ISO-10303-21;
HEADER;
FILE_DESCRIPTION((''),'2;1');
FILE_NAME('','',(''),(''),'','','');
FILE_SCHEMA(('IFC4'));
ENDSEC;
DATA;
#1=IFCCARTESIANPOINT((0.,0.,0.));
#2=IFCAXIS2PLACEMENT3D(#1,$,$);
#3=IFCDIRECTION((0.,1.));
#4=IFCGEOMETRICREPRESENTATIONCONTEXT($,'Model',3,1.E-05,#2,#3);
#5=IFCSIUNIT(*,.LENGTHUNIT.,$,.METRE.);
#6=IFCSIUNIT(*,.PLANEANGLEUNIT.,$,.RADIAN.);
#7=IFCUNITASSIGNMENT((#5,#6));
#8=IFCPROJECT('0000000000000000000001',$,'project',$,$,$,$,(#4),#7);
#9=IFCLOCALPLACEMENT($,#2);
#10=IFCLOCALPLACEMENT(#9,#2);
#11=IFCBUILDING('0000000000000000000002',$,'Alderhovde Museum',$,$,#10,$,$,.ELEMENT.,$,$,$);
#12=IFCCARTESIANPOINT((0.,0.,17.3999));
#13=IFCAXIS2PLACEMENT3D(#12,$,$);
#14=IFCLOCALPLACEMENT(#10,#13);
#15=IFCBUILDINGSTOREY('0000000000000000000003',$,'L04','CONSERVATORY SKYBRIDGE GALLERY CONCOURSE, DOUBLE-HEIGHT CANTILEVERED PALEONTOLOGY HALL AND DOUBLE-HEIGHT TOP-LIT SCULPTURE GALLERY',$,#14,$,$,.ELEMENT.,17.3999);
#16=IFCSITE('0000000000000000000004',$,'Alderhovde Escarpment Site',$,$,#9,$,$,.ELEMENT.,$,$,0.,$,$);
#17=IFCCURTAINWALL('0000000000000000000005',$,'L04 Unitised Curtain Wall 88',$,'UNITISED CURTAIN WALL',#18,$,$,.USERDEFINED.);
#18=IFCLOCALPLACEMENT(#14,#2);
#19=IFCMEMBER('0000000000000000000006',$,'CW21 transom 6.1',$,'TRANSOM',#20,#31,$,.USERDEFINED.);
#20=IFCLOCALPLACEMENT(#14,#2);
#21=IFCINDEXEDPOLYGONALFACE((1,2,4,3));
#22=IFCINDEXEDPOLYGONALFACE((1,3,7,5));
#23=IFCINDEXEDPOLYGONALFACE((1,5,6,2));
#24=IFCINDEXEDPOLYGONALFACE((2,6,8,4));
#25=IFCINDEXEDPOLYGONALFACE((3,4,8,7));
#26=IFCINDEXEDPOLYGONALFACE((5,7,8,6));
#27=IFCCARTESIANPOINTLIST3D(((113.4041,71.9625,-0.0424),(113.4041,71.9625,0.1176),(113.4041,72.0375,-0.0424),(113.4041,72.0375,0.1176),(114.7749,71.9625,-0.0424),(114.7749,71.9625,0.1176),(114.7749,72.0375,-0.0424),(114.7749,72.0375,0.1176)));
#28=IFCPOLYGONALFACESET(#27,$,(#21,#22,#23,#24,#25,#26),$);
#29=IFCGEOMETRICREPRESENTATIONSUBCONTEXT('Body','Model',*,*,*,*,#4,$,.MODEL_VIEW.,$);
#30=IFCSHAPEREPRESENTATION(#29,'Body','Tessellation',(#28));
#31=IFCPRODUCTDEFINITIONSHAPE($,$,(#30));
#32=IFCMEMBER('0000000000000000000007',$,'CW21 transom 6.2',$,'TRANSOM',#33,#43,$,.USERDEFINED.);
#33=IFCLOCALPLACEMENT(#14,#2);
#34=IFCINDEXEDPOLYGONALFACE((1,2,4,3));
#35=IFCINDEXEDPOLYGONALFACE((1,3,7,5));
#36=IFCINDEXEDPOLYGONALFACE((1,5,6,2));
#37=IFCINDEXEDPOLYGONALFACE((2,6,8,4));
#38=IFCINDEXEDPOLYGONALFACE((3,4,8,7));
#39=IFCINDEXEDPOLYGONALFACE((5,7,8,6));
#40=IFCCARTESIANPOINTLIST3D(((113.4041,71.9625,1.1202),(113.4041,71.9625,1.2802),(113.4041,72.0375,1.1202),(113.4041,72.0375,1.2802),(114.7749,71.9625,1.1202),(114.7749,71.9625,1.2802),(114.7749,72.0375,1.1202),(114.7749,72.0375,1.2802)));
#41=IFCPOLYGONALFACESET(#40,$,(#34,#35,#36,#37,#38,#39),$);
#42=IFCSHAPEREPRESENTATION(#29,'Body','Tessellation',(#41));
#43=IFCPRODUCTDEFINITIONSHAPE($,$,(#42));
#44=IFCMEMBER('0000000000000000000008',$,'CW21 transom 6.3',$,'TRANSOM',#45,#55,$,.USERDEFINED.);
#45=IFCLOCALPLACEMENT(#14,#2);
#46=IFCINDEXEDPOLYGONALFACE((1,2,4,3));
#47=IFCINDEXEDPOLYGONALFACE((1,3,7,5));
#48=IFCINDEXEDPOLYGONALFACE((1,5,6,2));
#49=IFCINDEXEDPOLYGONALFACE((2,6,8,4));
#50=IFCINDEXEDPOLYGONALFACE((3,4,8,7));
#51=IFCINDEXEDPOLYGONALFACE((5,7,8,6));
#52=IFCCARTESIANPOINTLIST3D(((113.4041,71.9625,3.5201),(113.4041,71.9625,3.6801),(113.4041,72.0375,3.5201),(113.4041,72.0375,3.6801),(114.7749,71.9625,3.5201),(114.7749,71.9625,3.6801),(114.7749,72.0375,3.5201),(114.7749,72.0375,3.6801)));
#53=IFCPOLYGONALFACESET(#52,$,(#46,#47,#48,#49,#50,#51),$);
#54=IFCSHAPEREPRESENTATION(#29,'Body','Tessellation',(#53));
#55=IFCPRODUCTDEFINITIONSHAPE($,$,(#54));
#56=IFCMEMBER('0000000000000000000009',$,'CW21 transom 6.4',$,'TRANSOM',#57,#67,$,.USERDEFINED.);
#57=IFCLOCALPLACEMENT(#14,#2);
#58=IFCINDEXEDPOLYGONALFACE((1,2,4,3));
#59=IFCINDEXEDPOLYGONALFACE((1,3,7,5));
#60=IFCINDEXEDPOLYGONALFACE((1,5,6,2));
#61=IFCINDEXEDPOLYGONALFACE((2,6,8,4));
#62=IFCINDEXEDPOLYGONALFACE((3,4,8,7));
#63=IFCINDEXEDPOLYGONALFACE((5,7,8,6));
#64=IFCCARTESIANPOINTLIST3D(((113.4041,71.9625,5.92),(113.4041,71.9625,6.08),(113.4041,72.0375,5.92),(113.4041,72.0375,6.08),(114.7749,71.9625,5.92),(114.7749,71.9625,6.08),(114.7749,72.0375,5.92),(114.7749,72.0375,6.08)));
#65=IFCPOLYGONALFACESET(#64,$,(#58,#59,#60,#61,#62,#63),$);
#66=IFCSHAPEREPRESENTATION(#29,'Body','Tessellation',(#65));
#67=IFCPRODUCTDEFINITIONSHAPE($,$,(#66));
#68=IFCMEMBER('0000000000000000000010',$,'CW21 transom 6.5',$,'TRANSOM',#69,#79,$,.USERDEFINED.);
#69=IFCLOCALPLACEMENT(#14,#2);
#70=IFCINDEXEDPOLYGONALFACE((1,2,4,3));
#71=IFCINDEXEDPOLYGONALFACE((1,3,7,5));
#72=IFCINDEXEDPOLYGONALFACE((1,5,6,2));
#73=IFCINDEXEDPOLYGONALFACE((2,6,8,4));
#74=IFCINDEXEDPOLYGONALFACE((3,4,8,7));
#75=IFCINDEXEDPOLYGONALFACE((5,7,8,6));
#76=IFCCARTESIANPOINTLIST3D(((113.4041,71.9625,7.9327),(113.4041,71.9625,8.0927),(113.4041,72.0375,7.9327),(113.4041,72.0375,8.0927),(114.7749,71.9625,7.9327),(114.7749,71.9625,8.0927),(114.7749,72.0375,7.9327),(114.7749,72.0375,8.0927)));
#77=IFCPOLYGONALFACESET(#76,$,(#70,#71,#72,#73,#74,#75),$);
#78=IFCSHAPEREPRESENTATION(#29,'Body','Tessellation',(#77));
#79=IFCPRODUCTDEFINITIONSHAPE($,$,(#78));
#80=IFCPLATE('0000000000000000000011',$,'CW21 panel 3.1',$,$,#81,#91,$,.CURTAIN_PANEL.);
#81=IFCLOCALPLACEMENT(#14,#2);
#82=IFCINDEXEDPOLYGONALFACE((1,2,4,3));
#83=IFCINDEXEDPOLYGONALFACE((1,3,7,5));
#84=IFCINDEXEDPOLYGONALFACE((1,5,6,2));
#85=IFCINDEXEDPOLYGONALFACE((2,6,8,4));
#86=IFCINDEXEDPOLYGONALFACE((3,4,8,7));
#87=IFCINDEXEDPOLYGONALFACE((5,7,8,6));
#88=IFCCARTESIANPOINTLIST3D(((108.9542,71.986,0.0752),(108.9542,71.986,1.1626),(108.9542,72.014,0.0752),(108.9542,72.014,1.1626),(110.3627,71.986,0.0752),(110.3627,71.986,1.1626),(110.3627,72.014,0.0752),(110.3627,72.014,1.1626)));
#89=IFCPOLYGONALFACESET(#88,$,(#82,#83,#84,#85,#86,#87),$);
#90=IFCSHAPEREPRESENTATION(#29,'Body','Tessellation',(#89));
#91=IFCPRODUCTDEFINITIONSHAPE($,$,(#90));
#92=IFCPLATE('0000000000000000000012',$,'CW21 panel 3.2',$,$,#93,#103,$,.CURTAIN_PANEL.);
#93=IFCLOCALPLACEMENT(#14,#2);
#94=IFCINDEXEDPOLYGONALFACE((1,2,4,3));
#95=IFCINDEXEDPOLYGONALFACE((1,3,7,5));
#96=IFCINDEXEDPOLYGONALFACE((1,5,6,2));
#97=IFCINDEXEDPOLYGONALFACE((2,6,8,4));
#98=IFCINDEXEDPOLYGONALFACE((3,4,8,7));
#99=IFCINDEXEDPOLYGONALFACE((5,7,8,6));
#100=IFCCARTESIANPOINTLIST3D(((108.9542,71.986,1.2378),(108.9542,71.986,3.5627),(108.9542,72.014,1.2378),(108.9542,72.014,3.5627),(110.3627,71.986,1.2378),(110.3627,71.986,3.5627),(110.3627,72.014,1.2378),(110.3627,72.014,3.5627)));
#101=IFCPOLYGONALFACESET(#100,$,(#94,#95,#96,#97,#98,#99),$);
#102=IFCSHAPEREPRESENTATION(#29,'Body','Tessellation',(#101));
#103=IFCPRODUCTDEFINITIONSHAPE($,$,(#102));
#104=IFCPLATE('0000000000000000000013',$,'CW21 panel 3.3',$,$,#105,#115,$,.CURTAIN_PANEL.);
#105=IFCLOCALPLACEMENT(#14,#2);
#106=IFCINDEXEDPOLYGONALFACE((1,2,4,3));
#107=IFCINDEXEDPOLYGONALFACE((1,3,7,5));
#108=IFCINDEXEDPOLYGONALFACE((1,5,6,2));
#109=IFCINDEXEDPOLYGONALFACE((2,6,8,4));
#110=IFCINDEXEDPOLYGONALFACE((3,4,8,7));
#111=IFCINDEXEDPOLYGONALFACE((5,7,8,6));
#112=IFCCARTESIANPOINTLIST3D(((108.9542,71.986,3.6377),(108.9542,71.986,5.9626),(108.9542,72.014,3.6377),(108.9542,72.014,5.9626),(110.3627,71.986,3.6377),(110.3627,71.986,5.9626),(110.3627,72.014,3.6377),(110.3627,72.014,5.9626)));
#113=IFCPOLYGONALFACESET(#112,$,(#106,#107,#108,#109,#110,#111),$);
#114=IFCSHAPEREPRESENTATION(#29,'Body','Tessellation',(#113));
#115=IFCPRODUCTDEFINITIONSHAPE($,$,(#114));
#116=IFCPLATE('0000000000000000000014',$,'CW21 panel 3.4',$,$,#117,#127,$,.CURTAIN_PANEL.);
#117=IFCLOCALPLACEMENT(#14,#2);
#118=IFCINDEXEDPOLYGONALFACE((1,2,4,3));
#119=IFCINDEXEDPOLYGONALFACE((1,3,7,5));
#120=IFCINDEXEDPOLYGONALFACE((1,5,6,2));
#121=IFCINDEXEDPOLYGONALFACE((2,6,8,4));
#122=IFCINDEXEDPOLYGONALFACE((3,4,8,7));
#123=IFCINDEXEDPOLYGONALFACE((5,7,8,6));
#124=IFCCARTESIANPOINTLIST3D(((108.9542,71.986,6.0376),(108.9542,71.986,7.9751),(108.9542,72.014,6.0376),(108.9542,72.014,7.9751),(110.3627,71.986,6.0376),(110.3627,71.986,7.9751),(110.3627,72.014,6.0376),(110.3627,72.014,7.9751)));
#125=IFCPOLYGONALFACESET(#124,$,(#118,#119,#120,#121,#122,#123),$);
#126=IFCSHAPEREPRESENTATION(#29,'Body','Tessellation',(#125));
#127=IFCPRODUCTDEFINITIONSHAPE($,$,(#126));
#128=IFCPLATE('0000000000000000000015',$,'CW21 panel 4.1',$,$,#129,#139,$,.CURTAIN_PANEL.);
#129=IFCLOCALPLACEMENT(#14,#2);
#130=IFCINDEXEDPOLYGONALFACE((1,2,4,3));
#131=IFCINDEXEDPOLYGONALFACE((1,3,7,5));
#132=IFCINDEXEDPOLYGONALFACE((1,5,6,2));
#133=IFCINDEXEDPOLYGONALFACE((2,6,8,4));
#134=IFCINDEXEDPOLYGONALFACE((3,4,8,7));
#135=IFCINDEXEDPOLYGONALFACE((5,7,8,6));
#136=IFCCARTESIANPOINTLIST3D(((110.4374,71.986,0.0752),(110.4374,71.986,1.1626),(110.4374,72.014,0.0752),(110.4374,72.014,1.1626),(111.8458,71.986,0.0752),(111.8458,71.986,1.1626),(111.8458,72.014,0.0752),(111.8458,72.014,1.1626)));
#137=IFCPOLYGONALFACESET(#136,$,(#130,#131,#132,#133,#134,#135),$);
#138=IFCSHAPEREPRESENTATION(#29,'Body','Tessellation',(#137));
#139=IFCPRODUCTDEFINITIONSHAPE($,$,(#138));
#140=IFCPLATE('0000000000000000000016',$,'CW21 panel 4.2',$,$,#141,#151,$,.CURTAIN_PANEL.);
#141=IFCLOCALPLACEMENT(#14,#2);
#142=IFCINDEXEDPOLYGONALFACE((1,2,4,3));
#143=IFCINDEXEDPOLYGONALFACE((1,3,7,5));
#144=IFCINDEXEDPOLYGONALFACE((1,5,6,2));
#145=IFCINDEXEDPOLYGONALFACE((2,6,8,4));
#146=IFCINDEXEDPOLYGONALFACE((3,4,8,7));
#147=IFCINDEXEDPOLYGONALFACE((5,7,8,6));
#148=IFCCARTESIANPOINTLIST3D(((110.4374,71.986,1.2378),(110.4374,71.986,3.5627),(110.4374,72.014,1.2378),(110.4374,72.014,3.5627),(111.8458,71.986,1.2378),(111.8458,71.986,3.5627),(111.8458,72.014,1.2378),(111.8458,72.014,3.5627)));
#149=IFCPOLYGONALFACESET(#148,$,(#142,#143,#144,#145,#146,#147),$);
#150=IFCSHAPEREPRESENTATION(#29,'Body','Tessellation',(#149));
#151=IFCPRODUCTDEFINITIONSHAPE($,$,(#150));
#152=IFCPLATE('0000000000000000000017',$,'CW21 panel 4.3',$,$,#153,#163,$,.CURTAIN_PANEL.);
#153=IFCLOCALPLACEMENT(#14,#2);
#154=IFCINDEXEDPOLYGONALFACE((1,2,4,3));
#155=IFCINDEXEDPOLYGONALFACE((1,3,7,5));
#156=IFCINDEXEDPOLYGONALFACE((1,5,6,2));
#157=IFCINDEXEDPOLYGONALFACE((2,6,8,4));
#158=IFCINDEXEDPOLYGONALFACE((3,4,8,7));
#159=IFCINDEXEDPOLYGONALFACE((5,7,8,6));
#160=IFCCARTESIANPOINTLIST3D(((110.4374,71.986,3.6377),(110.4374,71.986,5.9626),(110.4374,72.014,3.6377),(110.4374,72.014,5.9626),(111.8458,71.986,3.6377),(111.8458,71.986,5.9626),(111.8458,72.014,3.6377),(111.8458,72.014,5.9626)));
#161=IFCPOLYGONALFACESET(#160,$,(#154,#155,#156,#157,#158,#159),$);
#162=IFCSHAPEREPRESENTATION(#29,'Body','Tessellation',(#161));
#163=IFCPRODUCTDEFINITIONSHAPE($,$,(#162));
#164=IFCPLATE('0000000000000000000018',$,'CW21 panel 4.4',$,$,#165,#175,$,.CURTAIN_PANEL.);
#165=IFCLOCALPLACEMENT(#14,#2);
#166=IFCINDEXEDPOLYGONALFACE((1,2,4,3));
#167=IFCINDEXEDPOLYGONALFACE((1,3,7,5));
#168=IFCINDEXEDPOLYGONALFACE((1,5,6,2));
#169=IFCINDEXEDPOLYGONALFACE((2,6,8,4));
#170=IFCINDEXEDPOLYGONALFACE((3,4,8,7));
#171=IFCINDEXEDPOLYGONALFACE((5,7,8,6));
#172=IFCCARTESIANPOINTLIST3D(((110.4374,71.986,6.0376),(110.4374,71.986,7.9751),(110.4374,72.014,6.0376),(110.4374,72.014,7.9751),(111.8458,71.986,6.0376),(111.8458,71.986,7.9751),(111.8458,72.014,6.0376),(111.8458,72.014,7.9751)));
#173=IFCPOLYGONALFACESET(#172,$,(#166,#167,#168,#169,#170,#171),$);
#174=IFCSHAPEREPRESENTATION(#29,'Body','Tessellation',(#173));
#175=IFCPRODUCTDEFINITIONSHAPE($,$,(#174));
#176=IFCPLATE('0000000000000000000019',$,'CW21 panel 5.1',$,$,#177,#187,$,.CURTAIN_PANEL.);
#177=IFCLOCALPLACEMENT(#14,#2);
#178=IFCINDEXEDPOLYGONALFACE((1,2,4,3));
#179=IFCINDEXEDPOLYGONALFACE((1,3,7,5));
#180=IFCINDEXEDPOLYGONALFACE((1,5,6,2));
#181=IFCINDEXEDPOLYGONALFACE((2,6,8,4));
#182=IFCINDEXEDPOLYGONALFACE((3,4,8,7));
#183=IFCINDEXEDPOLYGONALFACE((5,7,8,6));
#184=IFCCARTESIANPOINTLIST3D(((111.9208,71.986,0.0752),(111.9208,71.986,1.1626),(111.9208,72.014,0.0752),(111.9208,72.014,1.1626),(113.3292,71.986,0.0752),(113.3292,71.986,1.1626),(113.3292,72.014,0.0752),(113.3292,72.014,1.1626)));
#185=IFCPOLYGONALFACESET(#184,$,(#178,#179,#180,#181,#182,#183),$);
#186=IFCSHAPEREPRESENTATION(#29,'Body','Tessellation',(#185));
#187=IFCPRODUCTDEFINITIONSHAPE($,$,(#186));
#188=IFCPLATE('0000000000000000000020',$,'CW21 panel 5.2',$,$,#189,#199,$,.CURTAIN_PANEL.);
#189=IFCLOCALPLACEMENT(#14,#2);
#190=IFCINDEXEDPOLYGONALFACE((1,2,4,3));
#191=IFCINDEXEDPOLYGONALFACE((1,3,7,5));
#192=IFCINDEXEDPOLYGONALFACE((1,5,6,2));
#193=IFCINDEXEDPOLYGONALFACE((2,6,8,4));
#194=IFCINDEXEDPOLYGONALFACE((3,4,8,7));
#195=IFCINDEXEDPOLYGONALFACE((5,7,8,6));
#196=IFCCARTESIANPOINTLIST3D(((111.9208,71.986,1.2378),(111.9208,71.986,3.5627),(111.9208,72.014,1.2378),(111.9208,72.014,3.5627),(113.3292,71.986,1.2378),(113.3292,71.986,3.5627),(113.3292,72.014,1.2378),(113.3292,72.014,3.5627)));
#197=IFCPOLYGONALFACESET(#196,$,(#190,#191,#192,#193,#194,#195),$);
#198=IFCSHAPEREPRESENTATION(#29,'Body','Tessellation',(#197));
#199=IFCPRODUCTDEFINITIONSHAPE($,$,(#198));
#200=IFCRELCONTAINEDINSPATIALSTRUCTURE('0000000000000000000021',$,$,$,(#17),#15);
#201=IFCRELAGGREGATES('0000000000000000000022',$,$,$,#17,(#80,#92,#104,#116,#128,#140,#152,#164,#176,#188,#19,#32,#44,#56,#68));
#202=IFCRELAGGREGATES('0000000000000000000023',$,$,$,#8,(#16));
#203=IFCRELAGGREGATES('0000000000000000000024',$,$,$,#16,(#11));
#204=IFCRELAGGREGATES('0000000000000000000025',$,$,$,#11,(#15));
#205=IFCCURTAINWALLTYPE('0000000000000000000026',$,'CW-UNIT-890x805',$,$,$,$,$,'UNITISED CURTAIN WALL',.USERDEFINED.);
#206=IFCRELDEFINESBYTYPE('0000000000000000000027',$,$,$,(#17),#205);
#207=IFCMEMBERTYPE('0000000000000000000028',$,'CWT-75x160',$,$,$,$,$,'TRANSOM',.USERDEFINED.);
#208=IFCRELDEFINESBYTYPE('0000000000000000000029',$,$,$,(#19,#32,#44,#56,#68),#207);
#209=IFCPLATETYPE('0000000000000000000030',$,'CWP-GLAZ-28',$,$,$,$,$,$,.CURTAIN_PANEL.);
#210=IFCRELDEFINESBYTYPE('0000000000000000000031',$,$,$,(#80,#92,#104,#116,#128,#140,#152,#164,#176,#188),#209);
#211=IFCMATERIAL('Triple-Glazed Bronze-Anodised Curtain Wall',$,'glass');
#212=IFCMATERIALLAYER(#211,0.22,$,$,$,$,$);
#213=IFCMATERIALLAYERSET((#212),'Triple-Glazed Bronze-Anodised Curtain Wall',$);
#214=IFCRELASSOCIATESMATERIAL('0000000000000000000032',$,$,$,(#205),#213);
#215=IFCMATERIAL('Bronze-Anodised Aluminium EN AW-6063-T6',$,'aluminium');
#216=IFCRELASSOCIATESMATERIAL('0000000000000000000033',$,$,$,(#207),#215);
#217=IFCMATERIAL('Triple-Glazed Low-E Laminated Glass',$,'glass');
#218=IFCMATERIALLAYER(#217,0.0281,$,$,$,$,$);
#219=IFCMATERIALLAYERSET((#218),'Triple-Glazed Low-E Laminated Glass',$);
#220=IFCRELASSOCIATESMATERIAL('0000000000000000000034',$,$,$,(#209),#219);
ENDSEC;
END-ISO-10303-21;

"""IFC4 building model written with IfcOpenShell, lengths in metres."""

from ifc_helpers import new_model, si_unit, direction, frame, origin, origin_2d, place, context, subcontext, project, spatial, rectangle, extrude, material, layer, layer_set, material_profile, profile_set, type_object, element, aggregate, save


model = new_model("IFC4")

# Units and contexts
model_context = context("Model", 3, precision=1e-05, world=origin(), true_north=direction((0.0, 1.0)))
body_context = subcontext(model_context, "Body", "Model", "MODEL_VIEW")
ifc_project = project(units=[si_unit("LENGTHUNIT", "METRE"), si_unit("PLANEANGLEUNIT", "RADIAN")], contexts=[model_context])

# Site, building, storey
site_placement = place(None, origin())
site = spatial("IfcSite", under=ifc_project, at=site_placement, Name="Alderhovde Escarpment Site", CompositionType="ELEMENT", RefElevation=0.0)
building_placement = place(site_placement, origin())
building = spatial("IfcBuilding", under=site, at=building_placement, Name="Alderhovde Museum", CompositionType="ELEMENT")
storey_placement = place(building_placement, frame((0.0, 0.0, 17.3999)))
storey = spatial("IfcBuildingStorey", under=building, at=storey_placement, Name="L04", Description="CONSERVATORY SKYBRIDGE GALLERY CONCOURSE, DOUBLE-HEIGHT CANTILEVERED PALEONTOLOGY HALL AND DOUBLE-HEIGHT TOP-LIT SCULPTURE GALLERY", CompositionType="ELEMENT", Elevation=17.3999)

# Curtain wall, members, plates
ifc_material_1 = material(Name="Triple-Glazed Bronze-Anodised Curtain Wall", Category="glass")
ifc_layer_1 = layer(ifc_material_1, 0.22)
ifc_layer_set_1 = layer_set([ifc_layer_1], Name="Triple-Glazed Bronze-Anodised Curtain Wall")
curtain_wall_type = type_object("IfcCurtainWallType", Name="CW-UNIT-890x805", ElementType="UNITISED CURTAIN WALL", PredefinedType="USERDEFINED", material=ifc_layer_set_1)
curtain_wall_placement = place(storey_placement, origin())
curtain_wall = element("IfcCurtainWall", 1, at=curtain_wall_placement, inside=storey, type_object=curtain_wall_type, Name="L04 Unitised Curtain Wall 88", ObjectType="UNITISED CURTAIN WALL", PredefinedType="USERDEFINED")
ifc_material_2 = material(Name="Bronze-Anodised Aluminium EN AW-6063-T6", Category="aluminium")
ifc_material_profile_1 = material_profile(ifc_material_2, rectangle(XDim=0.075, YDim=0.1599, at=origin_2d()), Name="TRANSOM 75x160")
ifc_profile_set_1 = profile_set([ifc_material_profile_1], Name="Bronze-Anodised Aluminium EN AW-6063-T6")
member_type_1 = type_object("IfcMemberType", Name="CWT-75x160", ElementType="TRANSOM", PredefinedType="USERDEFINED", material=ifc_profile_set_1)
member_1_placement = place(storey_placement, frame((113.4041, 72.0, 0.0376), z_axis=(1.0, 0.0, 0.0), x_axis=(0.0, 1.0, 0.0)))
member_1 = element("IfcMember", 2, at=member_1_placement, type_object=member_type_1, Name="CW21 transom 6.1", ObjectType="TRANSOM", PredefinedType="USERDEFINED", context=body_context, shape_type="SweptSolid", body=[
    extrude(rectangle(XDim=0.075, YDim=0.1599, at=origin_2d()), origin(), (0.0, 0.0, 1.0), 1.3708),
])
member_2_placement = place(storey_placement, frame((113.4041, 72.0, 1.2002), z_axis=(1.0, 0.0, 0.0), x_axis=(0.0, 1.0, 0.0)))
member_2 = element("IfcMember", 3, at=member_2_placement, type_object=member_type_1, Name="CW21 transom 6.2", ObjectType="TRANSOM", PredefinedType="USERDEFINED", context=body_context, shape_type="SweptSolid", body=[
    extrude(rectangle(XDim=0.075, YDim=0.1599, at=origin_2d()), origin(), (0.0, 0.0, 1.0), 1.3708),
])
member_3_placement = place(storey_placement, frame((113.4041, 72.0, 3.6001), z_axis=(1.0, 0.0, 0.0), x_axis=(0.0, 1.0, 0.0)))
member_3 = element("IfcMember", 4, at=member_3_placement, type_object=member_type_1, Name="CW21 transom 6.3", ObjectType="TRANSOM", PredefinedType="USERDEFINED", context=body_context, shape_type="SweptSolid", body=[
    extrude(rectangle(XDim=0.075, YDim=0.1599, at=origin_2d()), origin(), (0.0, 0.0, 1.0), 1.3708),
])
member_4_placement = place(storey_placement, frame((113.4041, 72.0, 6.0), z_axis=(1.0, 0.0, 0.0), x_axis=(0.0, 1.0, 0.0)))
member_4 = element("IfcMember", 5, at=member_4_placement, type_object=member_type_1, Name="CW21 transom 6.4", ObjectType="TRANSOM", PredefinedType="USERDEFINED", context=body_context, shape_type="SweptSolid", body=[
    extrude(rectangle(XDim=0.075, YDim=0.1599, at=origin_2d()), origin(), (0.0, 0.0, 1.0), 1.3708),
])
member_5_placement = place(storey_placement, frame((113.4041, 72.0, 8.0127), z_axis=(1.0, 0.0, 0.0), x_axis=(0.0, 1.0, 0.0)))
member_5 = element("IfcMember", 6, at=member_5_placement, type_object=member_type_1, Name="CW21 transom 6.5", ObjectType="TRANSOM", PredefinedType="USERDEFINED", context=body_context, shape_type="SweptSolid", body=[
    extrude(rectangle(XDim=0.075, YDim=0.1599, at=origin_2d()), origin(), (0.0, 0.0, 1.0), 1.3708),
])
ifc_material_3 = material(Name="Triple-Glazed Low-E Laminated Glass", Category="glass")
ifc_layer_2 = layer(ifc_material_3, 0.0281)
ifc_layer_set_2 = layer_set([ifc_layer_2], Name="Triple-Glazed Low-E Laminated Glass")
plate_type = type_object("IfcPlateType", Name="CWP-GLAZ-28", PredefinedType="CURTAIN_PANEL", material=ifc_layer_set_2)
plate_1_placement = place(storey_placement, frame((109.6584, 72.0, 0.0752), z_axis=(0.0, 0.0, 1.0), x_axis=(1.0, 0.0, 0.0)))
plate_1 = element("IfcPlate", 7, at=plate_1_placement, type_object=plate_type, Name="CW21 panel 3.1", PredefinedType="CURTAIN_PANEL", context=body_context, shape_type="SweptSolid", body=[
    extrude(rectangle(XDim=1.4084, YDim=0.0281, at=origin_2d()), origin(), (0.0, 0.0, 1.0), 1.0874),
])
plate_2_placement = place(storey_placement, frame((109.6584, 72.0, 1.2378), z_axis=(0.0, 0.0, 1.0), x_axis=(1.0, 0.0, 0.0)))
plate_2 = element("IfcPlate", 8, at=plate_2_placement, type_object=plate_type, Name="CW21 panel 3.2", PredefinedType="CURTAIN_PANEL", context=body_context, shape_type="SweptSolid", body=[
    extrude(rectangle(XDim=1.4084, YDim=0.0281, at=origin_2d()), origin(), (0.0, 0.0, 1.0), 2.325),
])
plate_3_placement = place(storey_placement, frame((109.6584, 72.0, 3.6377), z_axis=(0.0, 0.0, 1.0), x_axis=(1.0, 0.0, 0.0)))
plate_3 = element("IfcPlate", 9, at=plate_3_placement, type_object=plate_type, Name="CW21 panel 3.3", PredefinedType="CURTAIN_PANEL", context=body_context, shape_type="SweptSolid", body=[
    extrude(rectangle(XDim=1.4084, YDim=0.0281, at=origin_2d()), origin(), (0.0, 0.0, 1.0), 2.325),
])
plate_4_placement = place(storey_placement, frame((109.6584, 72.0, 6.0376), z_axis=(0.0, 0.0, 1.0), x_axis=(1.0, 0.0, 0.0)))
plate_4 = element("IfcPlate", 10, at=plate_4_placement, type_object=plate_type, Name="CW21 panel 3.4", PredefinedType="CURTAIN_PANEL", context=body_context, shape_type="SweptSolid", body=[
    extrude(rectangle(XDim=1.4084, YDim=0.0281, at=origin_2d()), origin(), (0.0, 0.0, 1.0), 1.9375),
])
plate_5_placement = place(storey_placement, frame((111.1416, 72.0, 0.0752), z_axis=(0.0, 0.0, 1.0), x_axis=(1.0, 0.0, 0.0)))
plate_5 = element("IfcPlate", 11, at=plate_5_placement, type_object=plate_type, Name="CW21 panel 4.1", PredefinedType="CURTAIN_PANEL", context=body_context, shape_type="SweptSolid", body=[
    extrude(rectangle(XDim=1.4084, YDim=0.0281, at=origin_2d()), origin(), (0.0, 0.0, 1.0), 1.0874),
])
plate_6_placement = place(storey_placement, frame((111.1416, 72.0, 1.2378), z_axis=(0.0, 0.0, 1.0), x_axis=(1.0, 0.0, 0.0)))
plate_6 = element("IfcPlate", 12, at=plate_6_placement, type_object=plate_type, Name="CW21 panel 4.2", PredefinedType="CURTAIN_PANEL", context=body_context, shape_type="SweptSolid", body=[
    extrude(rectangle(XDim=1.4084, YDim=0.0281, at=origin_2d()), origin(), (0.0, 0.0, 1.0), 2.325),
])
plate_7_placement = place(storey_placement, frame((111.1416, 72.0, 3.6377), z_axis=(0.0, 0.0, 1.0), x_axis=(1.0, 0.0, 0.0)))
plate_7 = element("IfcPlate", 13, at=plate_7_placement, type_object=plate_type, Name="CW21 panel 4.3", PredefinedType="CURTAIN_PANEL", context=body_context, shape_type="SweptSolid", body=[
    extrude(rectangle(XDim=1.4084, YDim=0.0281, at=origin_2d()), origin(), (0.0, 0.0, 1.0), 2.325),
])
plate_8_placement = place(storey_placement, frame((111.1416, 72.0, 6.0376), z_axis=(0.0, 0.0, 1.0), x_axis=(1.0, 0.0, 0.0)))
plate_8 = element("IfcPlate", 14, at=plate_8_placement, type_object=plate_type, Name="CW21 panel 4.4", PredefinedType="CURTAIN_PANEL", context=body_context, shape_type="SweptSolid", body=[
    extrude(rectangle(XDim=1.4084, YDim=0.0281, at=origin_2d()), origin(), (0.0, 0.0, 1.0), 1.9375),
])
plate_9_placement = place(storey_placement, frame((112.625, 72.0, 0.0752), z_axis=(0.0, 0.0, 1.0), x_axis=(1.0, 0.0, 0.0)))
plate_9 = element("IfcPlate", 15, at=plate_9_placement, type_object=plate_type, Name="CW21 panel 5.1", PredefinedType="CURTAIN_PANEL", context=body_context, shape_type="SweptSolid", body=[
    extrude(rectangle(XDim=1.4084, YDim=0.0281, at=origin_2d()), origin(), (0.0, 0.0, 1.0), 1.0874),
])
plate_10_placement = place(storey_placement, frame((112.625, 72.0, 1.2378), z_axis=(0.0, 0.0, 1.0), x_axis=(1.0, 0.0, 0.0)))
plate_10 = element("IfcPlate", 16, at=plate_10_placement, type_object=plate_type, Name="CW21 panel 5.2", PredefinedType="CURTAIN_PANEL", context=body_context, shape_type="SweptSolid", body=[
    extrude(rectangle(XDim=1.4084, YDim=0.0281, at=origin_2d()), origin(), (0.0, 0.0, 1.0), 2.325),
])
aggregate(curtain_wall, [plate_1, plate_2, plate_3, plate_4, plate_5, plate_6, plate_7, plate_8, plate_9, plate_10, member_1, member_2, member_3, member_4, member_5])

save(model, "model.ifc")
